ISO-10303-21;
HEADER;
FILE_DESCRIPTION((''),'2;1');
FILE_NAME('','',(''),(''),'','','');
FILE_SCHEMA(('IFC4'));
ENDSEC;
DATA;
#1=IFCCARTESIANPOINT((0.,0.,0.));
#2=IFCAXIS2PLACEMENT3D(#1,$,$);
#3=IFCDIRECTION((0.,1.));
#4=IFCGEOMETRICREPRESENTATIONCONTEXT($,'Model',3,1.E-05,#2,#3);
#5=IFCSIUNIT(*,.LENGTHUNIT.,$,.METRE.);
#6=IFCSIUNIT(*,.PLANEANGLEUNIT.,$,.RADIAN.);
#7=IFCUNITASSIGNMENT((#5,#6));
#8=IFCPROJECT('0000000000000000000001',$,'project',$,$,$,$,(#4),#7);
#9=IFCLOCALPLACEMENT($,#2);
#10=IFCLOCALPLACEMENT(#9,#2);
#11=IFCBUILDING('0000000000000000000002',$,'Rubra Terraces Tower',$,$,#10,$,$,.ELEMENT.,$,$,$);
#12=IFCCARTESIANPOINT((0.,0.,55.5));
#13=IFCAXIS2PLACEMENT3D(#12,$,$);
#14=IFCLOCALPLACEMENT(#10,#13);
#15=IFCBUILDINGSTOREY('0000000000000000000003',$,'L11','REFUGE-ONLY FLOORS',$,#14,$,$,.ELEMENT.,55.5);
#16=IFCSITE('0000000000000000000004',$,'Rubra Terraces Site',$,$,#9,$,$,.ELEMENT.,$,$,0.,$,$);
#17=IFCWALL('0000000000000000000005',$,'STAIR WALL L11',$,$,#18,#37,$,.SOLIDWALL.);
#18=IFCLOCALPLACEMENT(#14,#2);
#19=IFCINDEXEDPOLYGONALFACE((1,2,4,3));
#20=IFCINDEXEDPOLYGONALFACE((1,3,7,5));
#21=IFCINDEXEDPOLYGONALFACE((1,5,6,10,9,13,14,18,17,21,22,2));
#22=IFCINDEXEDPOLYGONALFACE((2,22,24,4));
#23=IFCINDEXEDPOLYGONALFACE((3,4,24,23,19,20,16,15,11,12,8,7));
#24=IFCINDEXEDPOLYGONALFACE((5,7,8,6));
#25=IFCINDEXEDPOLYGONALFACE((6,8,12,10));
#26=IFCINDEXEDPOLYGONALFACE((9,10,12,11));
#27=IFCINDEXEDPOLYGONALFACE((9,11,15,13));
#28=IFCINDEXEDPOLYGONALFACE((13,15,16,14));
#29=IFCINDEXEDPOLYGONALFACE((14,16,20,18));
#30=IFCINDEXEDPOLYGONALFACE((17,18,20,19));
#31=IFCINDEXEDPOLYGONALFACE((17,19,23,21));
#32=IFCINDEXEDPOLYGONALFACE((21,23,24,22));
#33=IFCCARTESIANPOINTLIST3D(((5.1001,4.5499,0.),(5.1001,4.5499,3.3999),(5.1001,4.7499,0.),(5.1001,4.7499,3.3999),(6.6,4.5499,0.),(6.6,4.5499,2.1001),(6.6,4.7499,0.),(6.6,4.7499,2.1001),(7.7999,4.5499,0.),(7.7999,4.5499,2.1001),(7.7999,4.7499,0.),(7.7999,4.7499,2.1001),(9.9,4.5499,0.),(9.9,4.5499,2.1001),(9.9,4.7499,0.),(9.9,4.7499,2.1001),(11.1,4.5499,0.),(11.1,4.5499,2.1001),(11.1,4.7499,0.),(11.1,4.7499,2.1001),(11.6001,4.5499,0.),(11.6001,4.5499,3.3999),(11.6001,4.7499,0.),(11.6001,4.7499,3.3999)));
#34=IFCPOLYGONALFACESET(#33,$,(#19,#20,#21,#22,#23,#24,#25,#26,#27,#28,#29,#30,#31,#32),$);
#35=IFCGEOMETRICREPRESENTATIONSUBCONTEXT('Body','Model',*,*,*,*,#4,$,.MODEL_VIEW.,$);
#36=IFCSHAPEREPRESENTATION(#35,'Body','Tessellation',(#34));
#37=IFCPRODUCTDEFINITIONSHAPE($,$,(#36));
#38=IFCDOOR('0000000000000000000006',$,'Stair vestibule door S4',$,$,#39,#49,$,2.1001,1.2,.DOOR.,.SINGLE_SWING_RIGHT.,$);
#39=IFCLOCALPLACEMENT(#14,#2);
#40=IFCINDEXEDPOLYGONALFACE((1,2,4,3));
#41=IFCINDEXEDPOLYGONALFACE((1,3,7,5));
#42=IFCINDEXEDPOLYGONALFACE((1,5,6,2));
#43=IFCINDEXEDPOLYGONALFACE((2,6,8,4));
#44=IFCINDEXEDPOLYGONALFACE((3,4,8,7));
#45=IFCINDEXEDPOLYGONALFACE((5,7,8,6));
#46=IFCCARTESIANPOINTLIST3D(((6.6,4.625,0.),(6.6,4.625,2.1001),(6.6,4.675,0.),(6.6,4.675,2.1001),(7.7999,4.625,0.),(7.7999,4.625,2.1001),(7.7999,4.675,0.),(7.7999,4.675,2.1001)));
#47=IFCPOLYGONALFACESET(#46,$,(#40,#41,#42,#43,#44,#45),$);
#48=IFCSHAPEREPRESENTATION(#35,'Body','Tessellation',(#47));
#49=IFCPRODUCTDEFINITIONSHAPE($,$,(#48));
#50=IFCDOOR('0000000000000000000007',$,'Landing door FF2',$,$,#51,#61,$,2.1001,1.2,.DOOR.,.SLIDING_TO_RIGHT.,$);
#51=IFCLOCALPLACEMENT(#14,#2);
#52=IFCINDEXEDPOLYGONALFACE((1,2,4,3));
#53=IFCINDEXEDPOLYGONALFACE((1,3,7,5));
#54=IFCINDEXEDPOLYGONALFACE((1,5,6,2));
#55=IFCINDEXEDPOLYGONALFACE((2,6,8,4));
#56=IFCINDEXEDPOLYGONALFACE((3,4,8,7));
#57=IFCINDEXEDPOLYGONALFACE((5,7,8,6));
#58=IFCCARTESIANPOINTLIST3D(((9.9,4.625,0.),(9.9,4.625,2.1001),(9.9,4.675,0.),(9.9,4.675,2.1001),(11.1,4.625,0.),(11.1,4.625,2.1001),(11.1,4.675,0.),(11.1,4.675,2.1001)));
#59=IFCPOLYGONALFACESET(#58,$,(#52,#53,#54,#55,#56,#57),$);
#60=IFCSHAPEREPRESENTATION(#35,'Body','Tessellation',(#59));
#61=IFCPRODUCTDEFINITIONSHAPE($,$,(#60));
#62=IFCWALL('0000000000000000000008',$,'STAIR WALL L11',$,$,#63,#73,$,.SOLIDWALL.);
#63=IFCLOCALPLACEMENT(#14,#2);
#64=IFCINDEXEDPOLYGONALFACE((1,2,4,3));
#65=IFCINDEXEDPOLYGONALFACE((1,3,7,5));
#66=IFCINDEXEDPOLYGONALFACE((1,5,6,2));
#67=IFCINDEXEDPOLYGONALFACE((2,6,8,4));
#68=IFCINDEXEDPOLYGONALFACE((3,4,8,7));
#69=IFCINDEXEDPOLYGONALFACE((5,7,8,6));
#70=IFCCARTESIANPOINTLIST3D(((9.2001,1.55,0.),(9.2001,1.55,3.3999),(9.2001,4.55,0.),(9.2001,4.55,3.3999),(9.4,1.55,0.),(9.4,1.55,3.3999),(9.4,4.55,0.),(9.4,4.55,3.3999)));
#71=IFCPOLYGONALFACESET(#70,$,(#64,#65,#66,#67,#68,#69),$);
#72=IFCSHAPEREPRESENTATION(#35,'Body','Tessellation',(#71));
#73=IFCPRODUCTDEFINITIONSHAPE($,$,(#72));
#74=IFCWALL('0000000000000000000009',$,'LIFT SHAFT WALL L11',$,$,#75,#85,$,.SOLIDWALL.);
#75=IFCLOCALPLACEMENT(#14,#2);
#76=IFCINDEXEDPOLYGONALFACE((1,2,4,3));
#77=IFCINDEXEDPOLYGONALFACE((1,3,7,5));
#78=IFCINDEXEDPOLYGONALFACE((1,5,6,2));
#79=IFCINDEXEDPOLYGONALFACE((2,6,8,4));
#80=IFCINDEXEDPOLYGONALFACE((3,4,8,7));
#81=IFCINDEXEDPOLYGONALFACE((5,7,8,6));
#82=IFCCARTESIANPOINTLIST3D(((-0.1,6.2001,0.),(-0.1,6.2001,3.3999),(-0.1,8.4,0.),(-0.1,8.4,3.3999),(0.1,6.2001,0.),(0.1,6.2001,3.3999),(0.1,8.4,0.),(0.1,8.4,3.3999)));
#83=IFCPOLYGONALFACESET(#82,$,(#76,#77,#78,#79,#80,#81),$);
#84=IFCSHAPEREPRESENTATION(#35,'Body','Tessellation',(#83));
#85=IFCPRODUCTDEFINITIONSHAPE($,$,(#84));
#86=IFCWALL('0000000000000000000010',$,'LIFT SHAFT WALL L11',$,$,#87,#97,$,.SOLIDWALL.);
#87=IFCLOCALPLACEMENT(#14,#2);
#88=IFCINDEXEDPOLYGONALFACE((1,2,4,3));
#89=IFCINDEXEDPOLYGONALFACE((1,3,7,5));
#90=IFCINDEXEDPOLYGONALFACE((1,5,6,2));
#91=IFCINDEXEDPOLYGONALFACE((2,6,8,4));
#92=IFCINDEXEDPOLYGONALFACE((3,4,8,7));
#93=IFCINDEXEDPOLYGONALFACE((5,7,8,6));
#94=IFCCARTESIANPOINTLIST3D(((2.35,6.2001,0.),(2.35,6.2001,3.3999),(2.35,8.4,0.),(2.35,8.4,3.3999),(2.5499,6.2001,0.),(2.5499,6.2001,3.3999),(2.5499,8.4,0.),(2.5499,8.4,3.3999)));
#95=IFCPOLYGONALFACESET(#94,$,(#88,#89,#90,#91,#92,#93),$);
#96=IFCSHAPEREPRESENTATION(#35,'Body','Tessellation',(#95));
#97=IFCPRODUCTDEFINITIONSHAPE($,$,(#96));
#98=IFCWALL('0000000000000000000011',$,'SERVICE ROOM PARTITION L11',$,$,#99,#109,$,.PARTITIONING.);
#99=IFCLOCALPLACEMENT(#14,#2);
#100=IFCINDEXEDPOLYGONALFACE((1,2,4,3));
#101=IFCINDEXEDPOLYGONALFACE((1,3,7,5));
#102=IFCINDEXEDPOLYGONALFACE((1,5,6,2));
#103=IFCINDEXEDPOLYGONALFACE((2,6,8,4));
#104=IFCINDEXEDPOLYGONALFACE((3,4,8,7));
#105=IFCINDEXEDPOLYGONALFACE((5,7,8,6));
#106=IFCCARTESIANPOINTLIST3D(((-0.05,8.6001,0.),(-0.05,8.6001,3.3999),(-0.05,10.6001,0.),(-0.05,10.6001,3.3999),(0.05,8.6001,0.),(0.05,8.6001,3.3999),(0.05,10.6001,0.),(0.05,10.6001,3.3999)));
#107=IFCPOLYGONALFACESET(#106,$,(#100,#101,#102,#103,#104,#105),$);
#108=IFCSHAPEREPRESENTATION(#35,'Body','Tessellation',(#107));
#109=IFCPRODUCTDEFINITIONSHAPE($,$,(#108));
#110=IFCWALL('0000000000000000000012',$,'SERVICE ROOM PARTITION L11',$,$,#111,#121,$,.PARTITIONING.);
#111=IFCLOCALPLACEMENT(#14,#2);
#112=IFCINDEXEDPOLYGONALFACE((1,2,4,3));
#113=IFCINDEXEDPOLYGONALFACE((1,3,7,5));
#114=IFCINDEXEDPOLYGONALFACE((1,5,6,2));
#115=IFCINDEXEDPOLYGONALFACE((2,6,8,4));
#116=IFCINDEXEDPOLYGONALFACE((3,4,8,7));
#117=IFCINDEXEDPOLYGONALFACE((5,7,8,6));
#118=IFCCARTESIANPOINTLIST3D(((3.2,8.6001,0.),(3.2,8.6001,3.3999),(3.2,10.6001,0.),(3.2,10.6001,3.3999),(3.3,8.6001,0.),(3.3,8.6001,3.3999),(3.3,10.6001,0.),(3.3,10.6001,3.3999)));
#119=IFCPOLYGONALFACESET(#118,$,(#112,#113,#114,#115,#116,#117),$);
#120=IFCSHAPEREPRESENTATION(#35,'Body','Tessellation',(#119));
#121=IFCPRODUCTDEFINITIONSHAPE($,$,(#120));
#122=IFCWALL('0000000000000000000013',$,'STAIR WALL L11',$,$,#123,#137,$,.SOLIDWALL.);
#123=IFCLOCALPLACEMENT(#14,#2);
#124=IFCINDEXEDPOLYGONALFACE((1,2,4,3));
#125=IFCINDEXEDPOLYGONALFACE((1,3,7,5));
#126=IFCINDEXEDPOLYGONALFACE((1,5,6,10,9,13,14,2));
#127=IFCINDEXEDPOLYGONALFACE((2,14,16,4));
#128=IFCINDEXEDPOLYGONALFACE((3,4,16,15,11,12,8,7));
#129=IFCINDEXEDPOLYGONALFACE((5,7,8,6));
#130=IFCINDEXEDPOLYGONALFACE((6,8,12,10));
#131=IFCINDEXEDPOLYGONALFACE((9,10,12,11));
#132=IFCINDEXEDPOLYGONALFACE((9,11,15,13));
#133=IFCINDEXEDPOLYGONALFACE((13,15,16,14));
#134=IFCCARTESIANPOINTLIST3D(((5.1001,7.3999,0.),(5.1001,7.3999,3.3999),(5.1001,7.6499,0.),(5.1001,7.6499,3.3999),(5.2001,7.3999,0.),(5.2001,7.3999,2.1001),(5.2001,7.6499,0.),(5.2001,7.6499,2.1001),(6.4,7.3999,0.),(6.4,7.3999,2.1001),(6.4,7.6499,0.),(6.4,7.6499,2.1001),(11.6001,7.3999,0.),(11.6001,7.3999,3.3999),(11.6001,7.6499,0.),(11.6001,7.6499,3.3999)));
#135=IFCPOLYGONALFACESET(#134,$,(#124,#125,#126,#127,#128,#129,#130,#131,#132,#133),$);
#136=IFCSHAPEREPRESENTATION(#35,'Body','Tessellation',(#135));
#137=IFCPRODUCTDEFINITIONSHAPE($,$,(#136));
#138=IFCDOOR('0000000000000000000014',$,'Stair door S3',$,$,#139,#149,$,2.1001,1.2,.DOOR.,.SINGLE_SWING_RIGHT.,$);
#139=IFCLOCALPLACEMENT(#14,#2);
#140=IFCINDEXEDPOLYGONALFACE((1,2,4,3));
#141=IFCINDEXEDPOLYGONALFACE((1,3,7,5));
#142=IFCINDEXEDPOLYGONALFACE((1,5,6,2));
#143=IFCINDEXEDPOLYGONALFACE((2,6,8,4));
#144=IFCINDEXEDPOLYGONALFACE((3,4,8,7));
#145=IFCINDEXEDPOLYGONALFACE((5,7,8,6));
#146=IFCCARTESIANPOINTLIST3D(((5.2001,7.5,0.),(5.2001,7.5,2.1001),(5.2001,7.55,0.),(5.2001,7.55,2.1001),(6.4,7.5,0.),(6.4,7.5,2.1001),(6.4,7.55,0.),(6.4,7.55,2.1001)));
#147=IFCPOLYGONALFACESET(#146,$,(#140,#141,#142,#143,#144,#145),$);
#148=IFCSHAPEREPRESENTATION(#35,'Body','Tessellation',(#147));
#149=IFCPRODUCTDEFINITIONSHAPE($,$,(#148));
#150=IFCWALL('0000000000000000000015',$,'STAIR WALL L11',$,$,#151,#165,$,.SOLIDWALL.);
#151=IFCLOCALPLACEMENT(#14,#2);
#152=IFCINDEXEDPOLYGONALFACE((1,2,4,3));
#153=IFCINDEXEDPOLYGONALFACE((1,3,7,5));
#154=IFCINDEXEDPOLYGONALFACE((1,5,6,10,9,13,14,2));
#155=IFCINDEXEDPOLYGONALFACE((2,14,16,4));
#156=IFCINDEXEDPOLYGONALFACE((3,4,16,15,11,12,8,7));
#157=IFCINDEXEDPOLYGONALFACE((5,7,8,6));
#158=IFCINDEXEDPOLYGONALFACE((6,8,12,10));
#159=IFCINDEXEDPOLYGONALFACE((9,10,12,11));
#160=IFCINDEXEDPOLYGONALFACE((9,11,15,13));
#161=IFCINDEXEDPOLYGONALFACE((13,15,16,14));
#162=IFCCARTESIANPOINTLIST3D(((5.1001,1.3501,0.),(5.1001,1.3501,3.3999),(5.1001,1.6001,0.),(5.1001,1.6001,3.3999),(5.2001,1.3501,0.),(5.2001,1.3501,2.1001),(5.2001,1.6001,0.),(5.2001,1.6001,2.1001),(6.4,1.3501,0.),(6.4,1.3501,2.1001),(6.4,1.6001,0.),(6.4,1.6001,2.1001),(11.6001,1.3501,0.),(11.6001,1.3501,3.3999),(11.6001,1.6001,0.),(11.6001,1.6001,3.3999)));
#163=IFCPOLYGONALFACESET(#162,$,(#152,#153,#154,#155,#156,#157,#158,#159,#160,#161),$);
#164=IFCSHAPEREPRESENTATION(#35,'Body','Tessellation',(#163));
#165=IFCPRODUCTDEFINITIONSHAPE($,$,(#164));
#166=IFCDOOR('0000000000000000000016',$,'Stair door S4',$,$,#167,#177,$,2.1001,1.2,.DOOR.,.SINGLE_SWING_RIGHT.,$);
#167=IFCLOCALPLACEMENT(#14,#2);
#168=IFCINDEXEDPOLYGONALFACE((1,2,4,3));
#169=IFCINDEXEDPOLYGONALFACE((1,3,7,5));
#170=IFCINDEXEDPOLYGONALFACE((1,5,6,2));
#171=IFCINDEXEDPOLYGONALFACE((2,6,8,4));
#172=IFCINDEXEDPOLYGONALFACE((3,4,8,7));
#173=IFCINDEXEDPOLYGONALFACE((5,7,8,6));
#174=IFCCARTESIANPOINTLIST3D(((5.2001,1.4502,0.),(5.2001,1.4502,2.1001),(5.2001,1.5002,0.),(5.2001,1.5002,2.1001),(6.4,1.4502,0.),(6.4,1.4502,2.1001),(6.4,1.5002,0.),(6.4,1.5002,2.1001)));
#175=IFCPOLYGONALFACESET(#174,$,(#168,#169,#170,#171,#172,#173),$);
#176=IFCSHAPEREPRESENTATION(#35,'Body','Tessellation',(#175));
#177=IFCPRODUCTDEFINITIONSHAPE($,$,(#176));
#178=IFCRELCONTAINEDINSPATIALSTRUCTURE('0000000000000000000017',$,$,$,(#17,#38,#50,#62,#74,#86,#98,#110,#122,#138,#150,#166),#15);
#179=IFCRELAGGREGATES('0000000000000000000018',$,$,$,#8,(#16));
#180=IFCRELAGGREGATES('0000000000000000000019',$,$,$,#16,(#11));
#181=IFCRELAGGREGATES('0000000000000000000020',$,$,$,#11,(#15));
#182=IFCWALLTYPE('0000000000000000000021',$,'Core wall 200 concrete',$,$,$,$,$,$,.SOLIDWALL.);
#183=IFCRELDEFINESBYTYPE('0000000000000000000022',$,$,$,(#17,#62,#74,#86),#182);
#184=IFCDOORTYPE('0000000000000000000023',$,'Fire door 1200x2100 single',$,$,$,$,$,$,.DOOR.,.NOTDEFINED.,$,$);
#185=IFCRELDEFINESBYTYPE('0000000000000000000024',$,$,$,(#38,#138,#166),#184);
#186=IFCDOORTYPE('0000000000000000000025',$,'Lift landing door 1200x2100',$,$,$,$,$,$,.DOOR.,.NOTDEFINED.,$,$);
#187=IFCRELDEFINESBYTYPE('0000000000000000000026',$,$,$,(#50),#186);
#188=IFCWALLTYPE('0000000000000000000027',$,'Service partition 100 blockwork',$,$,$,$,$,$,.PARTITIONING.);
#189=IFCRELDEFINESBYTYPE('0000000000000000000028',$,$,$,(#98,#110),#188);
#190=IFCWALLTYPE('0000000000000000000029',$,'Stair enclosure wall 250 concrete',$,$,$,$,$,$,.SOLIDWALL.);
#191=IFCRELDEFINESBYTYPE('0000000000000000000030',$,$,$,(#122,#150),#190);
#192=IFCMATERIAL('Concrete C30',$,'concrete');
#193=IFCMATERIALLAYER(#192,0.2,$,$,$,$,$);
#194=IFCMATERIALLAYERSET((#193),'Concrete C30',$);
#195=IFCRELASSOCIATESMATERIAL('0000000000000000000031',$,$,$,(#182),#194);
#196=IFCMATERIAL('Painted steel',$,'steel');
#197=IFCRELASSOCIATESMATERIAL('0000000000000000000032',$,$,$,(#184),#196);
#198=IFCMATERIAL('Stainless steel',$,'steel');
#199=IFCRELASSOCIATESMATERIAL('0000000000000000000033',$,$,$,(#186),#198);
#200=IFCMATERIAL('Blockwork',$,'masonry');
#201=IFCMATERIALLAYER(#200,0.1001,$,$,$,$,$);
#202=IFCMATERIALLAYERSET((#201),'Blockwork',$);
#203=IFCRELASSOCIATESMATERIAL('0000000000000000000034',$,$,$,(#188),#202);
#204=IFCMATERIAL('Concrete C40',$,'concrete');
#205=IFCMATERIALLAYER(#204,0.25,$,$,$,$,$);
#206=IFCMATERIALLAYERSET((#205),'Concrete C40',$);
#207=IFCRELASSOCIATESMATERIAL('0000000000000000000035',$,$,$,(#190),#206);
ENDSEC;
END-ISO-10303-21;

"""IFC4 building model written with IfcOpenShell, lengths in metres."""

from ifc_helpers import new_model, si_unit, direction, frame, frame_2d, origin, place, context, subcontext, project, spatial, rectangle, extrude, material, layer, layer_set, type_object, element, fill, save


model = new_model("IFC4")

# Units and contexts
model_context = context("Model", 3, precision=1e-05, world=origin(), true_north=direction((0.0, 1.0)))
body_context = subcontext(model_context, "Body", "Model", "MODEL_VIEW")
ifc_project = project(units=[si_unit("LENGTHUNIT", "METRE"), si_unit("PLANEANGLEUNIT", "RADIAN")], contexts=[model_context])

# Site, building, storey
site_placement = place(None, origin())
site = spatial("IfcSite", under=ifc_project, at=site_placement, Name="Rubra Terraces Site", CompositionType="ELEMENT", RefElevation=0.0)
building_placement = place(site_placement, origin())
building = spatial("IfcBuilding", under=site, at=building_placement, Name="Rubra Terraces Tower", CompositionType="ELEMENT")
storey_placement = place(building_placement, frame((0.0, 0.0, 55.5)))
storey = spatial("IfcBuildingStorey", under=building, at=storey_placement, Name="L11", Description="REFUGE-ONLY FLOORS", CompositionType="ELEMENT", Elevation=55.5)

# Wall, openings, doors
ifc_material_1 = material(Name="Concrete C30", Category="concrete")
ifc_layer_1 = layer(ifc_material_1, 0.2)
ifc_layer_set_1 = layer_set([ifc_layer_1], Name="Concrete C30")
wall_type_1 = type_object("IfcWallType", Name="Core wall 200 concrete", PredefinedType="SOLIDWALL", material=ifc_layer_set_1)
wall_1_placement = place(storey_placement, frame((11.6001, 4.6499, 0.0), z_axis=(0.0, 0.0, 1.0), x_axis=(-1.0, 0.0, 0.0)))
wall_1 = element("IfcWall", 1, at=wall_1_placement, inside=storey, type_object=wall_type_1, Name="STAIR WALL L11", PredefinedType="SOLIDWALL", context=body_context, shape_type="SweptSolid", body=[
    extrude(rectangle(XDim=6.5, YDim=0.2, at=frame_2d((3.25, 0.0))), origin(), (0.0, 0.0, 1.0), 3.3999),
])
opening_1_placement = place(wall_1_placement, frame((3.8, 0.0, 0.0)))
opening_1 = element("IfcOpeningElement", 2, at=opening_1_placement, cuts=wall_1, PredefinedType="OPENING", context=body_context, shape_type="SweptSolid", body=[
    extrude(rectangle(XDim=1.2, YDim=2.1001, at=frame_2d((0.6001, 1.05))), frame((0.0, 0.1099, 0.0), z_axis=(0.0, -1.0, 0.0), x_axis=(1.0, 0.0, 0.0)), (0.0, 0.0, 1.0), 0.22),
])
opening_2_placement = place(wall_1_placement, frame((0.5, 0.0, 0.0)))
opening_2 = element("IfcOpeningElement", 3, at=opening_2_placement, cuts=wall_1, PredefinedType="OPENING", context=body_context, shape_type="SweptSolid", body=[
    extrude(rectangle(XDim=1.2, YDim=2.1001, at=frame_2d((0.6001, 1.05))), frame((0.0, 0.1099, 0.0), z_axis=(0.0, -1.0, 0.0), x_axis=(1.0, 0.0, 0.0)), (0.0, 0.0, 1.0), 0.22),
])
ifc_material_2 = material(Name="Painted steel", Category="steel")
door_type_1 = type_object("IfcDoorType", Name="Fire door 1200x2100 single", OperationType="NOTDEFINED", PredefinedType="DOOR", material=ifc_material_2)
door_1_placement = place(opening_1_placement, origin())
door_1 = element("IfcDoor", 4, at=door_1_placement, inside=storey, type_object=door_type_1, Name="Stair vestibule door S4", OperationType="SINGLE_SWING_RIGHT", OverallHeight=2.1001, OverallWidth=1.2, PredefinedType="DOOR", context=body_context, shape_type="SweptSolid", body=[
    extrude(rectangle(XDim=1.2, YDim=2.1001, at=frame_2d((0.6001, 1.05))), frame((0.0, 0.0249, 0.0), z_axis=(0.0, -1.0, 0.0), x_axis=(1.0, 0.0, 0.0)), (0.0, 0.0, 1.0), 0.05),
])
fill(opening_1, door_1)
ifc_material_3 = material(Name="Stainless steel", Category="steel")
door_type_2 = type_object("IfcDoorType", Name="Lift landing door 1200x2100", OperationType="NOTDEFINED", PredefinedType="DOOR", material=ifc_material_3)
door_2_placement = place(opening_2_placement, origin())
door_2 = element("IfcDoor", 5, at=door_2_placement, inside=storey, type_object=door_type_2, Name="Landing door FF2", OperationType="SLIDING_TO_RIGHT", OverallHeight=2.1001, OverallWidth=1.2, PredefinedType="DOOR", context=body_context, shape_type="SweptSolid", body=[
    extrude(rectangle(XDim=1.2, YDim=2.1001, at=frame_2d((0.6001, 1.05))), frame((0.0, 0.0249, 0.0), z_axis=(0.0, -1.0, 0.0), x_axis=(1.0, 0.0, 0.0)), (0.0, 0.0, 1.0), 0.05),
])
fill(opening_2, door_2)

# Walls
wall_2_placement = place(storey_placement, frame((9.3, 4.55, 0.0), z_axis=(0.0, 0.0, 1.0), x_axis=(0.0, -1.0, 0.0)))
element("IfcWall", 6, at=wall_2_placement, inside=storey, type_object=wall_type_1, Name="STAIR WALL L11", PredefinedType="SOLIDWALL", context=body_context, shape_type="SweptSolid", body=[
    extrude(rectangle(XDim=3.0, YDim=0.2, at=frame_2d((1.5, 0.0))), origin(), (0.0, 0.0, 1.0), 3.3999),
])
for number, where, z_axis, x_axis, name in (
    (7, (0.0, 6.2, 0.0), (0.0, 0.0, 1.0), (0.0, 1.0, 0.0), "LIFT SHAFT WALL L11"),
    (8, (2.45, 6.2, 0.0), (0.0, 0.0, 1.0), (0.0, 1.0, 0.0), "LIFT SHAFT WALL L11"),
):
    element("IfcWall", number, at=place(storey_placement, frame(where, z_axis=z_axis, x_axis=x_axis)), inside=storey, type_object=wall_type_1, Name=name, PredefinedType="SOLIDWALL", context=body_context, shape_type="SweptSolid", body=[
        extrude(rectangle(XDim=2.2, YDim=0.2, at=frame_2d((1.1001, 0.0))), origin(), (0.0, 0.0, 1.0), 3.3999),
    ])
ifc_material_4 = material(Name="Blockwork", Category="masonry")
ifc_layer_2 = layer(ifc_material_4, 0.1001)
ifc_layer_set_2 = layer_set([ifc_layer_2], Name="Blockwork")
wall_type_2 = type_object("IfcWallType", Name="Service partition 100 blockwork", PredefinedType="PARTITIONING", material=ifc_layer_set_2)
for number, where, z_axis, x_axis, name in (
    (9, (0.0, 8.6001, 0.0), (0.0, 0.0, 1.0), (0.0, 1.0, 0.0), "SERVICE ROOM PARTITION L11"),
    (10, (3.25, 8.6001, 0.0), (0.0, 0.0, 1.0), (0.0, 1.0, 0.0), "SERVICE ROOM PARTITION L11"),
):
    element("IfcWall", number, at=place(storey_placement, frame(where, z_axis=z_axis, x_axis=x_axis)), inside=storey, type_object=wall_type_2, Name=name, PredefinedType="PARTITIONING", context=body_context, shape_type="SweptSolid", body=[
        extrude(rectangle(XDim=2.0, YDim=0.1001, at=frame_2d((1.0, 0.0))), origin(), (0.0, 0.0, 1.0), 3.3999),
    ])

# Walls, openings, doors
ifc_material_5 = material(Name="Concrete C40", Category="concrete")
ifc_layer_3 = layer(ifc_material_5, 0.25)
ifc_layer_set_3 = layer_set([ifc_layer_3], Name="Concrete C40")
wall_type_3 = type_object("IfcWallType", Name="Stair enclosure wall 250 concrete", PredefinedType="SOLIDWALL", material=ifc_layer_set_3)
wall_3_placement = place(storey_placement, frame((11.6001, 7.5249, 0.0), z_axis=(0.0, 0.0, 1.0), x_axis=(-1.0, 0.0, 0.0)))
wall_3 = element("IfcWall", 11, at=wall_3_placement, inside=storey, type_object=wall_type_3, Name="STAIR WALL L11", PredefinedType="SOLIDWALL", context=body_context, shape_type="SweptSolid", body=[
    extrude(rectangle(XDim=6.5, YDim=0.25, at=frame_2d((3.25, 0.0))), origin(), (0.0, 0.0, 1.0), 3.3999),
])
opening_3_placement = place(wall_3_placement, frame((5.2, 0.0, 0.0)))
opening_3 = element("IfcOpeningElement", 12, at=opening_3_placement, cuts=wall_3, PredefinedType="OPENING", context=body_context, shape_type="SweptSolid", body=[
    extrude(rectangle(XDim=1.2, YDim=2.1001, at=frame_2d((0.6001, 1.05))), frame((0.0, 0.135, 0.0), z_axis=(0.0, -1.0, 0.0), x_axis=(1.0, 0.0, 0.0)), (0.0, 0.0, 1.0), 0.27),
])
door_3_placement = place(opening_3_placement, origin())
door_3 = element("IfcDoor", 13, at=door_3_placement, inside=storey, type_object=door_type_1, Name="Stair door S3", OperationType="SINGLE_SWING_RIGHT", OverallHeight=2.1001, OverallWidth=1.2, PredefinedType="DOOR", context=body_context, shape_type="SweptSolid", body=[
    extrude(rectangle(XDim=1.2, YDim=2.1001, at=frame_2d((0.6001, 1.05))), frame((0.0, 0.0249, 0.0), z_axis=(0.0, -1.0, 0.0), x_axis=(1.0, 0.0, 0.0)), (0.0, 0.0, 1.0), 0.05),
])
fill(opening_3, door_3)
wall_4_placement = place(storey_placement, frame((11.6001, 1.4751, 0.0), z_axis=(0.0, 0.0, 1.0), x_axis=(-1.0, 0.0, 0.0)))
wall_4 = element("IfcWall", 14, at=wall_4_placement, inside=storey, type_object=wall_type_3, Name="STAIR WALL L11", PredefinedType="SOLIDWALL", context=body_context, shape_type="SweptSolid", body=[
    extrude(rectangle(XDim=6.5, YDim=0.25, at=frame_2d((3.25, 0.0))), origin(), (0.0, 0.0, 1.0), 3.3999),
])
opening_4_placement = place(wall_4_placement, frame((5.2, 0.0, 0.0)))
opening_4 = element("IfcOpeningElement", 15, at=opening_4_placement, cuts=wall_4, PredefinedType="OPENING", context=body_context, shape_type="SweptSolid", body=[
    extrude(rectangle(XDim=1.2, YDim=2.1001, at=frame_2d((0.6001, 1.05))), frame((0.0, 0.135, 0.0), z_axis=(0.0, -1.0, 0.0), x_axis=(1.0, 0.0, 0.0)), (0.0, 0.0, 1.0), 0.27),
])
door_4_placement = place(opening_4_placement, origin())
door_4 = element("IfcDoor", 16, at=door_4_placement, inside=storey, type_object=door_type_1, Name="Stair door S4", OperationType="SINGLE_SWING_RIGHT", OverallHeight=2.1001, OverallWidth=1.2, PredefinedType="DOOR", context=body_context, shape_type="SweptSolid", body=[
    extrude(rectangle(XDim=1.2, YDim=2.1001, at=frame_2d((0.6001, 1.05))), frame((0.0, 0.0249, 0.0), z_axis=(0.0, -1.0, 0.0), x_axis=(1.0, 0.0, 0.0)), (0.0, 0.0, 1.0), 0.05),
])
fill(opening_4, door_4)

save(model, "model.ifc")
